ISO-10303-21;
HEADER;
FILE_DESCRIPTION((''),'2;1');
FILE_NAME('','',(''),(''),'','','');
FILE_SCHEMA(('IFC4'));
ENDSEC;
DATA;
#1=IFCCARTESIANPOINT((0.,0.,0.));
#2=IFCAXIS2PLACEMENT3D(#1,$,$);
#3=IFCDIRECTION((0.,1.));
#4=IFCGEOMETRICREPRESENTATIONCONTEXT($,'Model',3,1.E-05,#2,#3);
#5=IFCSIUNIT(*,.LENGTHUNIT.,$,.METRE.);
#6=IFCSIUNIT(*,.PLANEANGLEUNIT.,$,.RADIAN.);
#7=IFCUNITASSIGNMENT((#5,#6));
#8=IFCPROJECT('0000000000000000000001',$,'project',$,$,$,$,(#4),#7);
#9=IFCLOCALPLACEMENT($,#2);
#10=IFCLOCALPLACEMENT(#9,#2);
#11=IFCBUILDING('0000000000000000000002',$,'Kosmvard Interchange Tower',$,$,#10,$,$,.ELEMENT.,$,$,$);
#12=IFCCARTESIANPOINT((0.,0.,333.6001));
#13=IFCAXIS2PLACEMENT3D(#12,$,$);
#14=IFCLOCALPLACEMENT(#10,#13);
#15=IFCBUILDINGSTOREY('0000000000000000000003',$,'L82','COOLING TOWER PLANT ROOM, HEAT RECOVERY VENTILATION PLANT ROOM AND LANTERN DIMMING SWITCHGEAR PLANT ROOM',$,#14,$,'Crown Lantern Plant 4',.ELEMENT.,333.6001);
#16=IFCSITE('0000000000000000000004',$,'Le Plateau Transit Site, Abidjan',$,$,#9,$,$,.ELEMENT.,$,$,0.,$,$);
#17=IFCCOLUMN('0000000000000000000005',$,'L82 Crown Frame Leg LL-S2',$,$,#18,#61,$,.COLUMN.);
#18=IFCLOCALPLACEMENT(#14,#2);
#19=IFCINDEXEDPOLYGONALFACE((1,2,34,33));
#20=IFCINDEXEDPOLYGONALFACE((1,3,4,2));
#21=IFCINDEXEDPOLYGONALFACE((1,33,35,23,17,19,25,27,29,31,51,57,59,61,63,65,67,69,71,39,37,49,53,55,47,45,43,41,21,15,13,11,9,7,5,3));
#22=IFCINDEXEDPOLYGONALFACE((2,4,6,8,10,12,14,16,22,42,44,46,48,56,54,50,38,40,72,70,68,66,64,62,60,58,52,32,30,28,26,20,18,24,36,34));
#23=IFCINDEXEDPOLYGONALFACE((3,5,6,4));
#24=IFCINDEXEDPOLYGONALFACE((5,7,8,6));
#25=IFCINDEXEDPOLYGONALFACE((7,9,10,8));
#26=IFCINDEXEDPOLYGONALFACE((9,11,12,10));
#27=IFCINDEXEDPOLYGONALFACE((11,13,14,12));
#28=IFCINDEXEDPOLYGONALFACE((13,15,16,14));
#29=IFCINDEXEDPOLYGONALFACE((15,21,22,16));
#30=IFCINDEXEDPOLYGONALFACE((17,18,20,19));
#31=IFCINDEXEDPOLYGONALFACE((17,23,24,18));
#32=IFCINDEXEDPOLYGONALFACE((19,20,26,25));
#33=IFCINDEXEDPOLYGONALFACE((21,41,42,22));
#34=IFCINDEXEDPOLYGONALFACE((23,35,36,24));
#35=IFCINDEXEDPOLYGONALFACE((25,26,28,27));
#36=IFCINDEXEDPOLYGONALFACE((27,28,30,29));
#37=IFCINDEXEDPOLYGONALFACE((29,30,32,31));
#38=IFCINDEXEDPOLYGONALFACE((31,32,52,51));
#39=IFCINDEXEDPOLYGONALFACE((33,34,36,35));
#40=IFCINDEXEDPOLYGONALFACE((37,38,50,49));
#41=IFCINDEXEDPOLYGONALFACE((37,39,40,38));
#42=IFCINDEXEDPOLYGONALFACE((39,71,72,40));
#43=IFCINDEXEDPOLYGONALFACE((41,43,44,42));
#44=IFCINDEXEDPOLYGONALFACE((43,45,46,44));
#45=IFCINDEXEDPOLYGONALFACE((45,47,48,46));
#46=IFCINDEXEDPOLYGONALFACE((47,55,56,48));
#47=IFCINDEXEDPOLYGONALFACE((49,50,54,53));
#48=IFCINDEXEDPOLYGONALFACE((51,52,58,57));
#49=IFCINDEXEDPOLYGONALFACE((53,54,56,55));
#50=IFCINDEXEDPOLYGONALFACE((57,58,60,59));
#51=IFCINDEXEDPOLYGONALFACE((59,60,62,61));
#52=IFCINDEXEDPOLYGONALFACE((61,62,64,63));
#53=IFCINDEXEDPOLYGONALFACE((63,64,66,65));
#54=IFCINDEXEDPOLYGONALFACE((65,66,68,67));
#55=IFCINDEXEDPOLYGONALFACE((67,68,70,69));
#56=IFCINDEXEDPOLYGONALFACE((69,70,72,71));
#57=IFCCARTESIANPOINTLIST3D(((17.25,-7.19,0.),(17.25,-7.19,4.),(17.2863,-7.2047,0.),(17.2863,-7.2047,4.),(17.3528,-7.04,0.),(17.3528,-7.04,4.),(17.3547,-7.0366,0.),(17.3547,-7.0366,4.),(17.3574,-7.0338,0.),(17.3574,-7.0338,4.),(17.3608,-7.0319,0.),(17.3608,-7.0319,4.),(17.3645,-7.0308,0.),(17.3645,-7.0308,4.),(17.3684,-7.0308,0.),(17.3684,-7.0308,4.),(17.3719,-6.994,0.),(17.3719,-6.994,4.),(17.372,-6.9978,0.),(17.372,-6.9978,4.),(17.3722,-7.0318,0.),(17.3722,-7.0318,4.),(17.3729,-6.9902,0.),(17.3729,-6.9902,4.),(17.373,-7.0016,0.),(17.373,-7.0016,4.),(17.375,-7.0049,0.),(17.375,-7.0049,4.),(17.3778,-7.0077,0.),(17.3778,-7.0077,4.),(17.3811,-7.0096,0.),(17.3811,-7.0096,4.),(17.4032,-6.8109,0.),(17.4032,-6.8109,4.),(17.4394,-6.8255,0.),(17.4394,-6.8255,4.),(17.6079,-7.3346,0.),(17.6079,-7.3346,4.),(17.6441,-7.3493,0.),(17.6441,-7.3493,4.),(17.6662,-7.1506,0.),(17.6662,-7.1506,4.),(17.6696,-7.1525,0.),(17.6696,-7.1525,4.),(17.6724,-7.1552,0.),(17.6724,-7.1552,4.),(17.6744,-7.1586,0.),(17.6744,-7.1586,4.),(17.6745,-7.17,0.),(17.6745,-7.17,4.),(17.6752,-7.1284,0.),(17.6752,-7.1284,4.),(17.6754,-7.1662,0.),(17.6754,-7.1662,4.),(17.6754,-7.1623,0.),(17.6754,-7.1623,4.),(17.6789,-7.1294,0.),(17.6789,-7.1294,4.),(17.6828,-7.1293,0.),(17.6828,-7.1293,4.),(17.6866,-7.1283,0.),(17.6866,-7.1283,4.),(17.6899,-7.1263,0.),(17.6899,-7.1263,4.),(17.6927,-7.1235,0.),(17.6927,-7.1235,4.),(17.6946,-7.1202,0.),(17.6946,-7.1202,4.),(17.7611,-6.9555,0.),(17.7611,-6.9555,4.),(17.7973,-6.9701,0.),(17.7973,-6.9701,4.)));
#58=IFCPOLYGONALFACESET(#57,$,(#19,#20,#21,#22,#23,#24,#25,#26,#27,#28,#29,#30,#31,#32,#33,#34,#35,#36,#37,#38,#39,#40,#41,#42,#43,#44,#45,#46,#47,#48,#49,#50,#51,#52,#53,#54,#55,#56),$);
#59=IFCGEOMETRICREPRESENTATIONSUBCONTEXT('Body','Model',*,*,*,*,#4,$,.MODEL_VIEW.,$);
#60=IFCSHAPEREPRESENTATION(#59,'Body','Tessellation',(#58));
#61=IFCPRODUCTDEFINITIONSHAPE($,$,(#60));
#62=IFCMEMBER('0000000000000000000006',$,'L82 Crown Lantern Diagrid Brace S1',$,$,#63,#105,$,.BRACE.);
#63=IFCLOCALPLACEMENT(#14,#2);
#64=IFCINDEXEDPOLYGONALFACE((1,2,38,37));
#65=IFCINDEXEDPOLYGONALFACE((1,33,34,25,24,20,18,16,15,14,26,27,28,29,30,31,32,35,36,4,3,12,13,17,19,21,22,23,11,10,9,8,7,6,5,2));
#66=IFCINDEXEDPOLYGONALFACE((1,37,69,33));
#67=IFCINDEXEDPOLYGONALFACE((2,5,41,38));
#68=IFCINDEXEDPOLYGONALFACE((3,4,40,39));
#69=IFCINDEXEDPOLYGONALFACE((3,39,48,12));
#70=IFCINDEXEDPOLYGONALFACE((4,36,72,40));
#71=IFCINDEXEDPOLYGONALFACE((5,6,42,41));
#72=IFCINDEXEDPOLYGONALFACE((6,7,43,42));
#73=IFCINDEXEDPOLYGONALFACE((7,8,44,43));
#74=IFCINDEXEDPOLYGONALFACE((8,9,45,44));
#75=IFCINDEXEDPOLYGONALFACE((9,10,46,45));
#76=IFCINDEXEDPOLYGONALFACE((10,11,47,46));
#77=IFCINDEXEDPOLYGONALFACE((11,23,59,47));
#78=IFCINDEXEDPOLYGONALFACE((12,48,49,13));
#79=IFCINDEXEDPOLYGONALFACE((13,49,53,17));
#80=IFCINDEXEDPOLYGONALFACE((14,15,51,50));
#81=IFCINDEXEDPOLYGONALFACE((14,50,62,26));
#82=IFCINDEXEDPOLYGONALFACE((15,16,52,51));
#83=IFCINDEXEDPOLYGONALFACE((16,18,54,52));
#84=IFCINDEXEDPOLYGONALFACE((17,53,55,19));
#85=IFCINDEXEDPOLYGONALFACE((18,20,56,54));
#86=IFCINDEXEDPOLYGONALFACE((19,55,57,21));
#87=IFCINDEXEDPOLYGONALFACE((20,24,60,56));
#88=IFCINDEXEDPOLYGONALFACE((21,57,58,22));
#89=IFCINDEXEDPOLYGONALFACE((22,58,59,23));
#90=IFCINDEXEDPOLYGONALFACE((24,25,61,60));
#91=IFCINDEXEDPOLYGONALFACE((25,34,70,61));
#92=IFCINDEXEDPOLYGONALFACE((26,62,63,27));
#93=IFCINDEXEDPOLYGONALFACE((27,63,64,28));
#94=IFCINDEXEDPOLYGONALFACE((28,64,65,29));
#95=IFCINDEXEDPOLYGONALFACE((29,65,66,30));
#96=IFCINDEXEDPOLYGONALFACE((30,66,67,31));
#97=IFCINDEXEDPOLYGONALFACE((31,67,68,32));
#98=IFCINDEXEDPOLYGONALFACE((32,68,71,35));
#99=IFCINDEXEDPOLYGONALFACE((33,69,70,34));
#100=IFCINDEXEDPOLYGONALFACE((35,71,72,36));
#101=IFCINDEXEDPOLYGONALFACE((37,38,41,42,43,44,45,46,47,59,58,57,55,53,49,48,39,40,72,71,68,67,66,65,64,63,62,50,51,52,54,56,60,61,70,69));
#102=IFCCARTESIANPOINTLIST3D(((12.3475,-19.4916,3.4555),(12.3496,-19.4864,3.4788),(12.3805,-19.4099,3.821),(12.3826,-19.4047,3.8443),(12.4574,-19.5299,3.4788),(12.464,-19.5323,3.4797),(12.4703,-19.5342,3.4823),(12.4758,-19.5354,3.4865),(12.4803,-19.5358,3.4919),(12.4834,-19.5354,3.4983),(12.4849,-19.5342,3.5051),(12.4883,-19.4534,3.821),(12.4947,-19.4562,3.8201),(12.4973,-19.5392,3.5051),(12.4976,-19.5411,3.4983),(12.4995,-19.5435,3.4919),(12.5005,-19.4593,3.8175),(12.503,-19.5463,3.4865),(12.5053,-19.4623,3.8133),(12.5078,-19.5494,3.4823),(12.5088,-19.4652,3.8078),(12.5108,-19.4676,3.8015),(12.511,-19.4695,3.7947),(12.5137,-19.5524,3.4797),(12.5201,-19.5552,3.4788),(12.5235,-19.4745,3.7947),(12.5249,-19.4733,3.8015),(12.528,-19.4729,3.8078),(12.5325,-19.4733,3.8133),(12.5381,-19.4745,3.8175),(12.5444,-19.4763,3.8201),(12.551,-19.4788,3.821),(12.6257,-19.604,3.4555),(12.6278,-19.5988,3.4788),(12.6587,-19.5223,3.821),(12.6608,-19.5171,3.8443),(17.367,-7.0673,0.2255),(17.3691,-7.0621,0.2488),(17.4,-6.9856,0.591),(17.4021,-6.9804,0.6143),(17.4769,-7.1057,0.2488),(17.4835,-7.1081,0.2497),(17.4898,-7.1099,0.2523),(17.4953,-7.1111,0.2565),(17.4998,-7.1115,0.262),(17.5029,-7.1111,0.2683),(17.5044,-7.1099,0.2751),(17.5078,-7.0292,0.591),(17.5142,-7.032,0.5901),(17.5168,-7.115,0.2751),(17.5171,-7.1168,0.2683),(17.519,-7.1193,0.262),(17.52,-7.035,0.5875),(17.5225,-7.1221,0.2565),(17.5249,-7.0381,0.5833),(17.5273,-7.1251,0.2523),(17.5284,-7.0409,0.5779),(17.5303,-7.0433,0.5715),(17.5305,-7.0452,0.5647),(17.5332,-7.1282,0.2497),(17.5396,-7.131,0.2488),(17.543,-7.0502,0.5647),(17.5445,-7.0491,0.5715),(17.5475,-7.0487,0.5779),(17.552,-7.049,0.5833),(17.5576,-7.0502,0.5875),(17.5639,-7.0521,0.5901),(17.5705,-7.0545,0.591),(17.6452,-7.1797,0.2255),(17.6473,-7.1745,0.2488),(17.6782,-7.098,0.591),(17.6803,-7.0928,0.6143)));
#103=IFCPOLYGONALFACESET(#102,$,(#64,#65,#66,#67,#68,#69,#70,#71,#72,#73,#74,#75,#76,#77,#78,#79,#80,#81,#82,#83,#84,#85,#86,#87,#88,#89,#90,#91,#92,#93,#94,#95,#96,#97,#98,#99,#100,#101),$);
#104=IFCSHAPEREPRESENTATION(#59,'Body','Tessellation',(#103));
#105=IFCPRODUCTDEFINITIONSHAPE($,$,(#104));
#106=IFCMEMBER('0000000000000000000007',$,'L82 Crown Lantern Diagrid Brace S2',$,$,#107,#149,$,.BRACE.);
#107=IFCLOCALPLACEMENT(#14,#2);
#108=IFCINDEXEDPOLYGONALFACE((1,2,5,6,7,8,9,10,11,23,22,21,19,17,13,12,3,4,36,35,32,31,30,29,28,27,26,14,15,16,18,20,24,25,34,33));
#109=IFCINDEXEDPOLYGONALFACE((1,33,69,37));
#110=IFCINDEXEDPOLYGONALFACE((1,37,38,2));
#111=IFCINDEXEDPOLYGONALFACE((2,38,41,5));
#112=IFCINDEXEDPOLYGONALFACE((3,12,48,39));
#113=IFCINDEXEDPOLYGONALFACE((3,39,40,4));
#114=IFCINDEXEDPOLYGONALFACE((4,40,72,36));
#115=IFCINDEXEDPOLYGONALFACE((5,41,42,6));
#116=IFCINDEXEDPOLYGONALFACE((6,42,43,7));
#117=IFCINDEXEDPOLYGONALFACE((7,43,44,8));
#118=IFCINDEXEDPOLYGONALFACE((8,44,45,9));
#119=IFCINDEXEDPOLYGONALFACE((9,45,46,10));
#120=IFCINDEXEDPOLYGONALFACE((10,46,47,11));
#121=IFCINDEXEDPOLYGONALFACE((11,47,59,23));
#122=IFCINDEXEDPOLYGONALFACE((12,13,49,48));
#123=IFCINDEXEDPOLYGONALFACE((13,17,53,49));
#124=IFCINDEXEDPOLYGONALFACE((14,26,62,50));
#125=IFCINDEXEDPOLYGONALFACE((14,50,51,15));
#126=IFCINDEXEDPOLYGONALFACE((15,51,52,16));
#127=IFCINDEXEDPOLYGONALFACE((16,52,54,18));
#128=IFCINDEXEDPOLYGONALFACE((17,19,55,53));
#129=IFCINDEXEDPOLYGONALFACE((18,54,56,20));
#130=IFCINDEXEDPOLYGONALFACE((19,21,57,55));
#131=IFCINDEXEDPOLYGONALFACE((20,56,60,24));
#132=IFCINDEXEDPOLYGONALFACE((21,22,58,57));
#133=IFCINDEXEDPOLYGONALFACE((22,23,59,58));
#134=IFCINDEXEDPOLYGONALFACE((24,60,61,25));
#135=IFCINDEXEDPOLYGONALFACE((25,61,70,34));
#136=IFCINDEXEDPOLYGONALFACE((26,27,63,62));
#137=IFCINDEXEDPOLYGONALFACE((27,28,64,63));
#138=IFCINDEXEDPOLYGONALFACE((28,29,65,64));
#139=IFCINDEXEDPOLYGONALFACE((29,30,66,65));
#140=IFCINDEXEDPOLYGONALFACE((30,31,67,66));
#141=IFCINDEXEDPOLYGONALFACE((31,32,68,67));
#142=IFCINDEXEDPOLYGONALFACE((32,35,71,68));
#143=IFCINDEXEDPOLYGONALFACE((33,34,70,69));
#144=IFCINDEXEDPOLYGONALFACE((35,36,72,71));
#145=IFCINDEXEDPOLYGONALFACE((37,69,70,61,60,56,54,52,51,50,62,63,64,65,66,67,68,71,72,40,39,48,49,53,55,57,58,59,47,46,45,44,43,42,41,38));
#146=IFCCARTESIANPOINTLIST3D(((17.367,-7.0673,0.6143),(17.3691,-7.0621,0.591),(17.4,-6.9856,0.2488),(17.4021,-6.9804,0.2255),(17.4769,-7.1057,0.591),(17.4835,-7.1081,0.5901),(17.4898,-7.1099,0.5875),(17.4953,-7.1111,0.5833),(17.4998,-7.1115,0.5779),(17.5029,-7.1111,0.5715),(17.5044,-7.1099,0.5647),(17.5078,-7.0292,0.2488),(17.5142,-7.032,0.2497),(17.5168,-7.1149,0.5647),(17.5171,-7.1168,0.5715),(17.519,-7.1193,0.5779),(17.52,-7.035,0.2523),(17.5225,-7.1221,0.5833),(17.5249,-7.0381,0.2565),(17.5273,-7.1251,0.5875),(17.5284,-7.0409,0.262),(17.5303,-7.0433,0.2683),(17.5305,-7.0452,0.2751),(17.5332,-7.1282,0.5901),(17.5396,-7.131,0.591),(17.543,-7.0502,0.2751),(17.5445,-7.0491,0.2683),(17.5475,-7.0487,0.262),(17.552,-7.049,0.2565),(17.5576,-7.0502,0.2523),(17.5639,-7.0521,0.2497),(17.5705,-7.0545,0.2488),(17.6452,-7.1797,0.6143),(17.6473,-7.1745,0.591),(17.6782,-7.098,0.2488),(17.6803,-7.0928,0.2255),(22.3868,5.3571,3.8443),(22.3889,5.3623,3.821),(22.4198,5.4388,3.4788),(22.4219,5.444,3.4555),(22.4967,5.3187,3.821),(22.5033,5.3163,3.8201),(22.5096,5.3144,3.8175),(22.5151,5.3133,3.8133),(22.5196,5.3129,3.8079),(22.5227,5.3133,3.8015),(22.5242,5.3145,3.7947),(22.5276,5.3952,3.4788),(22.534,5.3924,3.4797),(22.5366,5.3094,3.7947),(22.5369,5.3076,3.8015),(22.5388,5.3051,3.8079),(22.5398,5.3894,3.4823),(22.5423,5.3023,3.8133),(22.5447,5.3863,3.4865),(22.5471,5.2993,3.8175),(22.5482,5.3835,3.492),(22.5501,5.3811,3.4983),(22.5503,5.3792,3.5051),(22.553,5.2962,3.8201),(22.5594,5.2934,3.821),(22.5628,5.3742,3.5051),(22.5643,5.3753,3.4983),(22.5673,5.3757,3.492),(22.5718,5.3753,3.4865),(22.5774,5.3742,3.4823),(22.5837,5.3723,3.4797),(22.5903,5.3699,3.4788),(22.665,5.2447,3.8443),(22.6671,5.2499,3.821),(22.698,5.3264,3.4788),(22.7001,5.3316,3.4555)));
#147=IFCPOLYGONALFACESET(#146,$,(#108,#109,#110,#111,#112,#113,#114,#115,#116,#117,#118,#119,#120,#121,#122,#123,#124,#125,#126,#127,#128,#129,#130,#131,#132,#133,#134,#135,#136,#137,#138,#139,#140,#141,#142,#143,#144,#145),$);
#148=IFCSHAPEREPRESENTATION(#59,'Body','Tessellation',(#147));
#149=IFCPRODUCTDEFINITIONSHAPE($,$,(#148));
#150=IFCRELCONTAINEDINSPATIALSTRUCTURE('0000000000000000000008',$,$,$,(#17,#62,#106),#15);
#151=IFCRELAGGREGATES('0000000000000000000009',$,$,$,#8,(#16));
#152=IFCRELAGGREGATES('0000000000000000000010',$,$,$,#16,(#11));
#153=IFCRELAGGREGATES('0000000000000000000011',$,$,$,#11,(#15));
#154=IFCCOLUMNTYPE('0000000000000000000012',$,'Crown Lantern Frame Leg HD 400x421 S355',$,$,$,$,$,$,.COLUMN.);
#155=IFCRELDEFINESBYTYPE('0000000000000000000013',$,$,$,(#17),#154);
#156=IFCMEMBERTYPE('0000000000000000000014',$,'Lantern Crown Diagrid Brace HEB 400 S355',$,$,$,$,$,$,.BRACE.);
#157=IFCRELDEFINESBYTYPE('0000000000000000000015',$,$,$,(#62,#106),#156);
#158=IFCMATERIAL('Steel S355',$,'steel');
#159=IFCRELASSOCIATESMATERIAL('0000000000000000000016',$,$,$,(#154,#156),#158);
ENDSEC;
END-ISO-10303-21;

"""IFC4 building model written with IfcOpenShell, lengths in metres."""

from ifc_helpers import new_model, si_unit, direction, frame, origin, origin_2d, place, context, subcontext, project, spatial, i_section, extrude, source, transform, mapped, material, material_profile, profile_set, type_object, element, save


model = new_model("IFC4")

# Units and contexts
model_context = context("Model", 3, precision=1e-05, world=origin(), true_north=direction((0.0, 1.0)))
body_context = subcontext(model_context, "Body", "Model", "MODEL_VIEW")
ifc_project = project(units=[si_unit("LENGTHUNIT", "METRE"), si_unit("PLANEANGLEUNIT", "RADIAN")], contexts=[model_context])

# Site, building, storey
site_placement = place(None, origin())
site = spatial("IfcSite", under=ifc_project, at=site_placement, Name="Le Plateau Transit Site, Abidjan", CompositionType="ELEMENT", RefElevation=0.0)
building_placement = place(site_placement, origin())
building = spatial("IfcBuilding", under=site, at=building_placement, Name="Kosmvard Interchange Tower", CompositionType="ELEMENT")
storey_placement = place(building_placement, frame((0.0, 0.0, 333.6001)))
storey = spatial("IfcBuildingStorey", under=building, at=storey_placement, Name="L82", Description="COOLING TOWER PLANT ROOM, HEAT RECOVERY VENTILATION PLANT ROOM AND LANTERN DIMMING SWITCHGEAR PLANT ROOM", LongName="Crown Lantern Plant 4", CompositionType="ELEMENT", Elevation=333.6001)

# Column
ifc_material_1 = material(Name="Steel S355", Category="steel")
ifc_material_profile_1 = material_profile(ifc_material_1, i_section(OverallWidth=0.4089, OverallDepth=0.425, WebThickness=0.0239, FlangeThickness=0.0391, FilletRadius=0.0149, at=origin_2d()), Name="HD 400x421")
ifc_profile_set_1 = profile_set([ifc_material_profile_1], Name="Steel S355")
column_type = type_object("IfcColumnType", Name="Crown Lantern Frame Leg HD 400x421 S355", PredefinedType="COLUMN", material=ifc_profile_set_1)
shared_shape_1 = source(origin(), body_context, "Body", "SweptSolid", [
    extrude(i_section(OverallWidth=0.4089, OverallDepth=0.425, WebThickness=0.0239, FlangeThickness=0.0391, FilletRadius=0.0149, at=origin_2d()), origin(), (0.0, 0.0, 1.0), 4.0),
])
column_placement = place(storey_placement, frame((17.5237, -7.0801, 0.0), z_axis=(0.0, 0.0, 1.0), x_axis=(0.374607, 0.927184, 0.0)))
element("IfcColumn", 1, at=column_placement, inside=storey, type_object=column_type, Name="L82 Crown Frame Leg LL-S2", PredefinedType="COLUMN", context=body_context, shape_type="MappedRepresentation", body=[
    mapped(shared_shape_1, transform((0.0, 0.0, 0.0), scale=1.0)),
])

# Members
ifc_material_profile_2 = material_profile(ifc_material_1, i_section(OverallWidth=0.3, OverallDepth=0.3999, WebThickness=0.0134, FlangeThickness=0.0239, FilletRadius=0.0271, at=origin_2d()), Name="HEB 400")
ifc_profile_set_2 = profile_set([ifc_material_profile_2], Name="Steel S355")
member_type_1 = type_object("IfcMemberType", Name="Lantern Crown Diagrid Brace HEB 400 S355", PredefinedType="BRACE", material=ifc_profile_set_2)
shared_shape_2 = source(origin(), body_context, "Body", "SweptSolid", [
    extrude(i_section(OverallWidth=0.3, OverallDepth=0.3999, WebThickness=0.0134, FlangeThickness=0.0239, FilletRadius=0.0271, at=origin_2d()), origin(), (0.0, 0.0, 1.0), 13.7837),
])
member_1_placement = place(storey_placement, frame((17.5237, -7.0801, 0.4199), z_axis=(-0.364163, -0.901373, 0.234332), x_axis=(0.92719, -0.374593, 0.0)))
element("IfcMember", 2, at=member_1_placement, inside=storey, type_object=member_type_1, Name="L82 Crown Lantern Diagrid Brace S1", PredefinedType="BRACE", context=body_context, shape_type="MappedRepresentation", body=[
    mapped(shared_shape_2, transform((0.0, 0.0, 0.0), scale=1.0)),
])
shared_shape_3 = source(origin(), body_context, "Body", "SweptSolid", [
    extrude(i_section(OverallWidth=0.3, OverallDepth=0.3999, WebThickness=0.0134, FlangeThickness=0.0239, FilletRadius=0.0271, at=origin_2d()), origin(), (0.0, 0.0, 1.0), 13.7839),
])
member_2_placement = place(storey_placement, frame((17.5237, -7.0801, 0.4199), z_axis=(0.364178, 0.901368, 0.234331), x_axis=(-0.927183, 0.374608, 0.0)))
element("IfcMember", 3, at=member_2_placement, inside=storey, type_object=member_type_1, Name="L82 Crown Lantern Diagrid Brace S2", PredefinedType="BRACE", context=body_context, shape_type="MappedRepresentation", body=[
    mapped(shared_shape_3, transform((0.0, 0.0, 0.0), scale=1.0)),
])

save(model, "model.ifc")
